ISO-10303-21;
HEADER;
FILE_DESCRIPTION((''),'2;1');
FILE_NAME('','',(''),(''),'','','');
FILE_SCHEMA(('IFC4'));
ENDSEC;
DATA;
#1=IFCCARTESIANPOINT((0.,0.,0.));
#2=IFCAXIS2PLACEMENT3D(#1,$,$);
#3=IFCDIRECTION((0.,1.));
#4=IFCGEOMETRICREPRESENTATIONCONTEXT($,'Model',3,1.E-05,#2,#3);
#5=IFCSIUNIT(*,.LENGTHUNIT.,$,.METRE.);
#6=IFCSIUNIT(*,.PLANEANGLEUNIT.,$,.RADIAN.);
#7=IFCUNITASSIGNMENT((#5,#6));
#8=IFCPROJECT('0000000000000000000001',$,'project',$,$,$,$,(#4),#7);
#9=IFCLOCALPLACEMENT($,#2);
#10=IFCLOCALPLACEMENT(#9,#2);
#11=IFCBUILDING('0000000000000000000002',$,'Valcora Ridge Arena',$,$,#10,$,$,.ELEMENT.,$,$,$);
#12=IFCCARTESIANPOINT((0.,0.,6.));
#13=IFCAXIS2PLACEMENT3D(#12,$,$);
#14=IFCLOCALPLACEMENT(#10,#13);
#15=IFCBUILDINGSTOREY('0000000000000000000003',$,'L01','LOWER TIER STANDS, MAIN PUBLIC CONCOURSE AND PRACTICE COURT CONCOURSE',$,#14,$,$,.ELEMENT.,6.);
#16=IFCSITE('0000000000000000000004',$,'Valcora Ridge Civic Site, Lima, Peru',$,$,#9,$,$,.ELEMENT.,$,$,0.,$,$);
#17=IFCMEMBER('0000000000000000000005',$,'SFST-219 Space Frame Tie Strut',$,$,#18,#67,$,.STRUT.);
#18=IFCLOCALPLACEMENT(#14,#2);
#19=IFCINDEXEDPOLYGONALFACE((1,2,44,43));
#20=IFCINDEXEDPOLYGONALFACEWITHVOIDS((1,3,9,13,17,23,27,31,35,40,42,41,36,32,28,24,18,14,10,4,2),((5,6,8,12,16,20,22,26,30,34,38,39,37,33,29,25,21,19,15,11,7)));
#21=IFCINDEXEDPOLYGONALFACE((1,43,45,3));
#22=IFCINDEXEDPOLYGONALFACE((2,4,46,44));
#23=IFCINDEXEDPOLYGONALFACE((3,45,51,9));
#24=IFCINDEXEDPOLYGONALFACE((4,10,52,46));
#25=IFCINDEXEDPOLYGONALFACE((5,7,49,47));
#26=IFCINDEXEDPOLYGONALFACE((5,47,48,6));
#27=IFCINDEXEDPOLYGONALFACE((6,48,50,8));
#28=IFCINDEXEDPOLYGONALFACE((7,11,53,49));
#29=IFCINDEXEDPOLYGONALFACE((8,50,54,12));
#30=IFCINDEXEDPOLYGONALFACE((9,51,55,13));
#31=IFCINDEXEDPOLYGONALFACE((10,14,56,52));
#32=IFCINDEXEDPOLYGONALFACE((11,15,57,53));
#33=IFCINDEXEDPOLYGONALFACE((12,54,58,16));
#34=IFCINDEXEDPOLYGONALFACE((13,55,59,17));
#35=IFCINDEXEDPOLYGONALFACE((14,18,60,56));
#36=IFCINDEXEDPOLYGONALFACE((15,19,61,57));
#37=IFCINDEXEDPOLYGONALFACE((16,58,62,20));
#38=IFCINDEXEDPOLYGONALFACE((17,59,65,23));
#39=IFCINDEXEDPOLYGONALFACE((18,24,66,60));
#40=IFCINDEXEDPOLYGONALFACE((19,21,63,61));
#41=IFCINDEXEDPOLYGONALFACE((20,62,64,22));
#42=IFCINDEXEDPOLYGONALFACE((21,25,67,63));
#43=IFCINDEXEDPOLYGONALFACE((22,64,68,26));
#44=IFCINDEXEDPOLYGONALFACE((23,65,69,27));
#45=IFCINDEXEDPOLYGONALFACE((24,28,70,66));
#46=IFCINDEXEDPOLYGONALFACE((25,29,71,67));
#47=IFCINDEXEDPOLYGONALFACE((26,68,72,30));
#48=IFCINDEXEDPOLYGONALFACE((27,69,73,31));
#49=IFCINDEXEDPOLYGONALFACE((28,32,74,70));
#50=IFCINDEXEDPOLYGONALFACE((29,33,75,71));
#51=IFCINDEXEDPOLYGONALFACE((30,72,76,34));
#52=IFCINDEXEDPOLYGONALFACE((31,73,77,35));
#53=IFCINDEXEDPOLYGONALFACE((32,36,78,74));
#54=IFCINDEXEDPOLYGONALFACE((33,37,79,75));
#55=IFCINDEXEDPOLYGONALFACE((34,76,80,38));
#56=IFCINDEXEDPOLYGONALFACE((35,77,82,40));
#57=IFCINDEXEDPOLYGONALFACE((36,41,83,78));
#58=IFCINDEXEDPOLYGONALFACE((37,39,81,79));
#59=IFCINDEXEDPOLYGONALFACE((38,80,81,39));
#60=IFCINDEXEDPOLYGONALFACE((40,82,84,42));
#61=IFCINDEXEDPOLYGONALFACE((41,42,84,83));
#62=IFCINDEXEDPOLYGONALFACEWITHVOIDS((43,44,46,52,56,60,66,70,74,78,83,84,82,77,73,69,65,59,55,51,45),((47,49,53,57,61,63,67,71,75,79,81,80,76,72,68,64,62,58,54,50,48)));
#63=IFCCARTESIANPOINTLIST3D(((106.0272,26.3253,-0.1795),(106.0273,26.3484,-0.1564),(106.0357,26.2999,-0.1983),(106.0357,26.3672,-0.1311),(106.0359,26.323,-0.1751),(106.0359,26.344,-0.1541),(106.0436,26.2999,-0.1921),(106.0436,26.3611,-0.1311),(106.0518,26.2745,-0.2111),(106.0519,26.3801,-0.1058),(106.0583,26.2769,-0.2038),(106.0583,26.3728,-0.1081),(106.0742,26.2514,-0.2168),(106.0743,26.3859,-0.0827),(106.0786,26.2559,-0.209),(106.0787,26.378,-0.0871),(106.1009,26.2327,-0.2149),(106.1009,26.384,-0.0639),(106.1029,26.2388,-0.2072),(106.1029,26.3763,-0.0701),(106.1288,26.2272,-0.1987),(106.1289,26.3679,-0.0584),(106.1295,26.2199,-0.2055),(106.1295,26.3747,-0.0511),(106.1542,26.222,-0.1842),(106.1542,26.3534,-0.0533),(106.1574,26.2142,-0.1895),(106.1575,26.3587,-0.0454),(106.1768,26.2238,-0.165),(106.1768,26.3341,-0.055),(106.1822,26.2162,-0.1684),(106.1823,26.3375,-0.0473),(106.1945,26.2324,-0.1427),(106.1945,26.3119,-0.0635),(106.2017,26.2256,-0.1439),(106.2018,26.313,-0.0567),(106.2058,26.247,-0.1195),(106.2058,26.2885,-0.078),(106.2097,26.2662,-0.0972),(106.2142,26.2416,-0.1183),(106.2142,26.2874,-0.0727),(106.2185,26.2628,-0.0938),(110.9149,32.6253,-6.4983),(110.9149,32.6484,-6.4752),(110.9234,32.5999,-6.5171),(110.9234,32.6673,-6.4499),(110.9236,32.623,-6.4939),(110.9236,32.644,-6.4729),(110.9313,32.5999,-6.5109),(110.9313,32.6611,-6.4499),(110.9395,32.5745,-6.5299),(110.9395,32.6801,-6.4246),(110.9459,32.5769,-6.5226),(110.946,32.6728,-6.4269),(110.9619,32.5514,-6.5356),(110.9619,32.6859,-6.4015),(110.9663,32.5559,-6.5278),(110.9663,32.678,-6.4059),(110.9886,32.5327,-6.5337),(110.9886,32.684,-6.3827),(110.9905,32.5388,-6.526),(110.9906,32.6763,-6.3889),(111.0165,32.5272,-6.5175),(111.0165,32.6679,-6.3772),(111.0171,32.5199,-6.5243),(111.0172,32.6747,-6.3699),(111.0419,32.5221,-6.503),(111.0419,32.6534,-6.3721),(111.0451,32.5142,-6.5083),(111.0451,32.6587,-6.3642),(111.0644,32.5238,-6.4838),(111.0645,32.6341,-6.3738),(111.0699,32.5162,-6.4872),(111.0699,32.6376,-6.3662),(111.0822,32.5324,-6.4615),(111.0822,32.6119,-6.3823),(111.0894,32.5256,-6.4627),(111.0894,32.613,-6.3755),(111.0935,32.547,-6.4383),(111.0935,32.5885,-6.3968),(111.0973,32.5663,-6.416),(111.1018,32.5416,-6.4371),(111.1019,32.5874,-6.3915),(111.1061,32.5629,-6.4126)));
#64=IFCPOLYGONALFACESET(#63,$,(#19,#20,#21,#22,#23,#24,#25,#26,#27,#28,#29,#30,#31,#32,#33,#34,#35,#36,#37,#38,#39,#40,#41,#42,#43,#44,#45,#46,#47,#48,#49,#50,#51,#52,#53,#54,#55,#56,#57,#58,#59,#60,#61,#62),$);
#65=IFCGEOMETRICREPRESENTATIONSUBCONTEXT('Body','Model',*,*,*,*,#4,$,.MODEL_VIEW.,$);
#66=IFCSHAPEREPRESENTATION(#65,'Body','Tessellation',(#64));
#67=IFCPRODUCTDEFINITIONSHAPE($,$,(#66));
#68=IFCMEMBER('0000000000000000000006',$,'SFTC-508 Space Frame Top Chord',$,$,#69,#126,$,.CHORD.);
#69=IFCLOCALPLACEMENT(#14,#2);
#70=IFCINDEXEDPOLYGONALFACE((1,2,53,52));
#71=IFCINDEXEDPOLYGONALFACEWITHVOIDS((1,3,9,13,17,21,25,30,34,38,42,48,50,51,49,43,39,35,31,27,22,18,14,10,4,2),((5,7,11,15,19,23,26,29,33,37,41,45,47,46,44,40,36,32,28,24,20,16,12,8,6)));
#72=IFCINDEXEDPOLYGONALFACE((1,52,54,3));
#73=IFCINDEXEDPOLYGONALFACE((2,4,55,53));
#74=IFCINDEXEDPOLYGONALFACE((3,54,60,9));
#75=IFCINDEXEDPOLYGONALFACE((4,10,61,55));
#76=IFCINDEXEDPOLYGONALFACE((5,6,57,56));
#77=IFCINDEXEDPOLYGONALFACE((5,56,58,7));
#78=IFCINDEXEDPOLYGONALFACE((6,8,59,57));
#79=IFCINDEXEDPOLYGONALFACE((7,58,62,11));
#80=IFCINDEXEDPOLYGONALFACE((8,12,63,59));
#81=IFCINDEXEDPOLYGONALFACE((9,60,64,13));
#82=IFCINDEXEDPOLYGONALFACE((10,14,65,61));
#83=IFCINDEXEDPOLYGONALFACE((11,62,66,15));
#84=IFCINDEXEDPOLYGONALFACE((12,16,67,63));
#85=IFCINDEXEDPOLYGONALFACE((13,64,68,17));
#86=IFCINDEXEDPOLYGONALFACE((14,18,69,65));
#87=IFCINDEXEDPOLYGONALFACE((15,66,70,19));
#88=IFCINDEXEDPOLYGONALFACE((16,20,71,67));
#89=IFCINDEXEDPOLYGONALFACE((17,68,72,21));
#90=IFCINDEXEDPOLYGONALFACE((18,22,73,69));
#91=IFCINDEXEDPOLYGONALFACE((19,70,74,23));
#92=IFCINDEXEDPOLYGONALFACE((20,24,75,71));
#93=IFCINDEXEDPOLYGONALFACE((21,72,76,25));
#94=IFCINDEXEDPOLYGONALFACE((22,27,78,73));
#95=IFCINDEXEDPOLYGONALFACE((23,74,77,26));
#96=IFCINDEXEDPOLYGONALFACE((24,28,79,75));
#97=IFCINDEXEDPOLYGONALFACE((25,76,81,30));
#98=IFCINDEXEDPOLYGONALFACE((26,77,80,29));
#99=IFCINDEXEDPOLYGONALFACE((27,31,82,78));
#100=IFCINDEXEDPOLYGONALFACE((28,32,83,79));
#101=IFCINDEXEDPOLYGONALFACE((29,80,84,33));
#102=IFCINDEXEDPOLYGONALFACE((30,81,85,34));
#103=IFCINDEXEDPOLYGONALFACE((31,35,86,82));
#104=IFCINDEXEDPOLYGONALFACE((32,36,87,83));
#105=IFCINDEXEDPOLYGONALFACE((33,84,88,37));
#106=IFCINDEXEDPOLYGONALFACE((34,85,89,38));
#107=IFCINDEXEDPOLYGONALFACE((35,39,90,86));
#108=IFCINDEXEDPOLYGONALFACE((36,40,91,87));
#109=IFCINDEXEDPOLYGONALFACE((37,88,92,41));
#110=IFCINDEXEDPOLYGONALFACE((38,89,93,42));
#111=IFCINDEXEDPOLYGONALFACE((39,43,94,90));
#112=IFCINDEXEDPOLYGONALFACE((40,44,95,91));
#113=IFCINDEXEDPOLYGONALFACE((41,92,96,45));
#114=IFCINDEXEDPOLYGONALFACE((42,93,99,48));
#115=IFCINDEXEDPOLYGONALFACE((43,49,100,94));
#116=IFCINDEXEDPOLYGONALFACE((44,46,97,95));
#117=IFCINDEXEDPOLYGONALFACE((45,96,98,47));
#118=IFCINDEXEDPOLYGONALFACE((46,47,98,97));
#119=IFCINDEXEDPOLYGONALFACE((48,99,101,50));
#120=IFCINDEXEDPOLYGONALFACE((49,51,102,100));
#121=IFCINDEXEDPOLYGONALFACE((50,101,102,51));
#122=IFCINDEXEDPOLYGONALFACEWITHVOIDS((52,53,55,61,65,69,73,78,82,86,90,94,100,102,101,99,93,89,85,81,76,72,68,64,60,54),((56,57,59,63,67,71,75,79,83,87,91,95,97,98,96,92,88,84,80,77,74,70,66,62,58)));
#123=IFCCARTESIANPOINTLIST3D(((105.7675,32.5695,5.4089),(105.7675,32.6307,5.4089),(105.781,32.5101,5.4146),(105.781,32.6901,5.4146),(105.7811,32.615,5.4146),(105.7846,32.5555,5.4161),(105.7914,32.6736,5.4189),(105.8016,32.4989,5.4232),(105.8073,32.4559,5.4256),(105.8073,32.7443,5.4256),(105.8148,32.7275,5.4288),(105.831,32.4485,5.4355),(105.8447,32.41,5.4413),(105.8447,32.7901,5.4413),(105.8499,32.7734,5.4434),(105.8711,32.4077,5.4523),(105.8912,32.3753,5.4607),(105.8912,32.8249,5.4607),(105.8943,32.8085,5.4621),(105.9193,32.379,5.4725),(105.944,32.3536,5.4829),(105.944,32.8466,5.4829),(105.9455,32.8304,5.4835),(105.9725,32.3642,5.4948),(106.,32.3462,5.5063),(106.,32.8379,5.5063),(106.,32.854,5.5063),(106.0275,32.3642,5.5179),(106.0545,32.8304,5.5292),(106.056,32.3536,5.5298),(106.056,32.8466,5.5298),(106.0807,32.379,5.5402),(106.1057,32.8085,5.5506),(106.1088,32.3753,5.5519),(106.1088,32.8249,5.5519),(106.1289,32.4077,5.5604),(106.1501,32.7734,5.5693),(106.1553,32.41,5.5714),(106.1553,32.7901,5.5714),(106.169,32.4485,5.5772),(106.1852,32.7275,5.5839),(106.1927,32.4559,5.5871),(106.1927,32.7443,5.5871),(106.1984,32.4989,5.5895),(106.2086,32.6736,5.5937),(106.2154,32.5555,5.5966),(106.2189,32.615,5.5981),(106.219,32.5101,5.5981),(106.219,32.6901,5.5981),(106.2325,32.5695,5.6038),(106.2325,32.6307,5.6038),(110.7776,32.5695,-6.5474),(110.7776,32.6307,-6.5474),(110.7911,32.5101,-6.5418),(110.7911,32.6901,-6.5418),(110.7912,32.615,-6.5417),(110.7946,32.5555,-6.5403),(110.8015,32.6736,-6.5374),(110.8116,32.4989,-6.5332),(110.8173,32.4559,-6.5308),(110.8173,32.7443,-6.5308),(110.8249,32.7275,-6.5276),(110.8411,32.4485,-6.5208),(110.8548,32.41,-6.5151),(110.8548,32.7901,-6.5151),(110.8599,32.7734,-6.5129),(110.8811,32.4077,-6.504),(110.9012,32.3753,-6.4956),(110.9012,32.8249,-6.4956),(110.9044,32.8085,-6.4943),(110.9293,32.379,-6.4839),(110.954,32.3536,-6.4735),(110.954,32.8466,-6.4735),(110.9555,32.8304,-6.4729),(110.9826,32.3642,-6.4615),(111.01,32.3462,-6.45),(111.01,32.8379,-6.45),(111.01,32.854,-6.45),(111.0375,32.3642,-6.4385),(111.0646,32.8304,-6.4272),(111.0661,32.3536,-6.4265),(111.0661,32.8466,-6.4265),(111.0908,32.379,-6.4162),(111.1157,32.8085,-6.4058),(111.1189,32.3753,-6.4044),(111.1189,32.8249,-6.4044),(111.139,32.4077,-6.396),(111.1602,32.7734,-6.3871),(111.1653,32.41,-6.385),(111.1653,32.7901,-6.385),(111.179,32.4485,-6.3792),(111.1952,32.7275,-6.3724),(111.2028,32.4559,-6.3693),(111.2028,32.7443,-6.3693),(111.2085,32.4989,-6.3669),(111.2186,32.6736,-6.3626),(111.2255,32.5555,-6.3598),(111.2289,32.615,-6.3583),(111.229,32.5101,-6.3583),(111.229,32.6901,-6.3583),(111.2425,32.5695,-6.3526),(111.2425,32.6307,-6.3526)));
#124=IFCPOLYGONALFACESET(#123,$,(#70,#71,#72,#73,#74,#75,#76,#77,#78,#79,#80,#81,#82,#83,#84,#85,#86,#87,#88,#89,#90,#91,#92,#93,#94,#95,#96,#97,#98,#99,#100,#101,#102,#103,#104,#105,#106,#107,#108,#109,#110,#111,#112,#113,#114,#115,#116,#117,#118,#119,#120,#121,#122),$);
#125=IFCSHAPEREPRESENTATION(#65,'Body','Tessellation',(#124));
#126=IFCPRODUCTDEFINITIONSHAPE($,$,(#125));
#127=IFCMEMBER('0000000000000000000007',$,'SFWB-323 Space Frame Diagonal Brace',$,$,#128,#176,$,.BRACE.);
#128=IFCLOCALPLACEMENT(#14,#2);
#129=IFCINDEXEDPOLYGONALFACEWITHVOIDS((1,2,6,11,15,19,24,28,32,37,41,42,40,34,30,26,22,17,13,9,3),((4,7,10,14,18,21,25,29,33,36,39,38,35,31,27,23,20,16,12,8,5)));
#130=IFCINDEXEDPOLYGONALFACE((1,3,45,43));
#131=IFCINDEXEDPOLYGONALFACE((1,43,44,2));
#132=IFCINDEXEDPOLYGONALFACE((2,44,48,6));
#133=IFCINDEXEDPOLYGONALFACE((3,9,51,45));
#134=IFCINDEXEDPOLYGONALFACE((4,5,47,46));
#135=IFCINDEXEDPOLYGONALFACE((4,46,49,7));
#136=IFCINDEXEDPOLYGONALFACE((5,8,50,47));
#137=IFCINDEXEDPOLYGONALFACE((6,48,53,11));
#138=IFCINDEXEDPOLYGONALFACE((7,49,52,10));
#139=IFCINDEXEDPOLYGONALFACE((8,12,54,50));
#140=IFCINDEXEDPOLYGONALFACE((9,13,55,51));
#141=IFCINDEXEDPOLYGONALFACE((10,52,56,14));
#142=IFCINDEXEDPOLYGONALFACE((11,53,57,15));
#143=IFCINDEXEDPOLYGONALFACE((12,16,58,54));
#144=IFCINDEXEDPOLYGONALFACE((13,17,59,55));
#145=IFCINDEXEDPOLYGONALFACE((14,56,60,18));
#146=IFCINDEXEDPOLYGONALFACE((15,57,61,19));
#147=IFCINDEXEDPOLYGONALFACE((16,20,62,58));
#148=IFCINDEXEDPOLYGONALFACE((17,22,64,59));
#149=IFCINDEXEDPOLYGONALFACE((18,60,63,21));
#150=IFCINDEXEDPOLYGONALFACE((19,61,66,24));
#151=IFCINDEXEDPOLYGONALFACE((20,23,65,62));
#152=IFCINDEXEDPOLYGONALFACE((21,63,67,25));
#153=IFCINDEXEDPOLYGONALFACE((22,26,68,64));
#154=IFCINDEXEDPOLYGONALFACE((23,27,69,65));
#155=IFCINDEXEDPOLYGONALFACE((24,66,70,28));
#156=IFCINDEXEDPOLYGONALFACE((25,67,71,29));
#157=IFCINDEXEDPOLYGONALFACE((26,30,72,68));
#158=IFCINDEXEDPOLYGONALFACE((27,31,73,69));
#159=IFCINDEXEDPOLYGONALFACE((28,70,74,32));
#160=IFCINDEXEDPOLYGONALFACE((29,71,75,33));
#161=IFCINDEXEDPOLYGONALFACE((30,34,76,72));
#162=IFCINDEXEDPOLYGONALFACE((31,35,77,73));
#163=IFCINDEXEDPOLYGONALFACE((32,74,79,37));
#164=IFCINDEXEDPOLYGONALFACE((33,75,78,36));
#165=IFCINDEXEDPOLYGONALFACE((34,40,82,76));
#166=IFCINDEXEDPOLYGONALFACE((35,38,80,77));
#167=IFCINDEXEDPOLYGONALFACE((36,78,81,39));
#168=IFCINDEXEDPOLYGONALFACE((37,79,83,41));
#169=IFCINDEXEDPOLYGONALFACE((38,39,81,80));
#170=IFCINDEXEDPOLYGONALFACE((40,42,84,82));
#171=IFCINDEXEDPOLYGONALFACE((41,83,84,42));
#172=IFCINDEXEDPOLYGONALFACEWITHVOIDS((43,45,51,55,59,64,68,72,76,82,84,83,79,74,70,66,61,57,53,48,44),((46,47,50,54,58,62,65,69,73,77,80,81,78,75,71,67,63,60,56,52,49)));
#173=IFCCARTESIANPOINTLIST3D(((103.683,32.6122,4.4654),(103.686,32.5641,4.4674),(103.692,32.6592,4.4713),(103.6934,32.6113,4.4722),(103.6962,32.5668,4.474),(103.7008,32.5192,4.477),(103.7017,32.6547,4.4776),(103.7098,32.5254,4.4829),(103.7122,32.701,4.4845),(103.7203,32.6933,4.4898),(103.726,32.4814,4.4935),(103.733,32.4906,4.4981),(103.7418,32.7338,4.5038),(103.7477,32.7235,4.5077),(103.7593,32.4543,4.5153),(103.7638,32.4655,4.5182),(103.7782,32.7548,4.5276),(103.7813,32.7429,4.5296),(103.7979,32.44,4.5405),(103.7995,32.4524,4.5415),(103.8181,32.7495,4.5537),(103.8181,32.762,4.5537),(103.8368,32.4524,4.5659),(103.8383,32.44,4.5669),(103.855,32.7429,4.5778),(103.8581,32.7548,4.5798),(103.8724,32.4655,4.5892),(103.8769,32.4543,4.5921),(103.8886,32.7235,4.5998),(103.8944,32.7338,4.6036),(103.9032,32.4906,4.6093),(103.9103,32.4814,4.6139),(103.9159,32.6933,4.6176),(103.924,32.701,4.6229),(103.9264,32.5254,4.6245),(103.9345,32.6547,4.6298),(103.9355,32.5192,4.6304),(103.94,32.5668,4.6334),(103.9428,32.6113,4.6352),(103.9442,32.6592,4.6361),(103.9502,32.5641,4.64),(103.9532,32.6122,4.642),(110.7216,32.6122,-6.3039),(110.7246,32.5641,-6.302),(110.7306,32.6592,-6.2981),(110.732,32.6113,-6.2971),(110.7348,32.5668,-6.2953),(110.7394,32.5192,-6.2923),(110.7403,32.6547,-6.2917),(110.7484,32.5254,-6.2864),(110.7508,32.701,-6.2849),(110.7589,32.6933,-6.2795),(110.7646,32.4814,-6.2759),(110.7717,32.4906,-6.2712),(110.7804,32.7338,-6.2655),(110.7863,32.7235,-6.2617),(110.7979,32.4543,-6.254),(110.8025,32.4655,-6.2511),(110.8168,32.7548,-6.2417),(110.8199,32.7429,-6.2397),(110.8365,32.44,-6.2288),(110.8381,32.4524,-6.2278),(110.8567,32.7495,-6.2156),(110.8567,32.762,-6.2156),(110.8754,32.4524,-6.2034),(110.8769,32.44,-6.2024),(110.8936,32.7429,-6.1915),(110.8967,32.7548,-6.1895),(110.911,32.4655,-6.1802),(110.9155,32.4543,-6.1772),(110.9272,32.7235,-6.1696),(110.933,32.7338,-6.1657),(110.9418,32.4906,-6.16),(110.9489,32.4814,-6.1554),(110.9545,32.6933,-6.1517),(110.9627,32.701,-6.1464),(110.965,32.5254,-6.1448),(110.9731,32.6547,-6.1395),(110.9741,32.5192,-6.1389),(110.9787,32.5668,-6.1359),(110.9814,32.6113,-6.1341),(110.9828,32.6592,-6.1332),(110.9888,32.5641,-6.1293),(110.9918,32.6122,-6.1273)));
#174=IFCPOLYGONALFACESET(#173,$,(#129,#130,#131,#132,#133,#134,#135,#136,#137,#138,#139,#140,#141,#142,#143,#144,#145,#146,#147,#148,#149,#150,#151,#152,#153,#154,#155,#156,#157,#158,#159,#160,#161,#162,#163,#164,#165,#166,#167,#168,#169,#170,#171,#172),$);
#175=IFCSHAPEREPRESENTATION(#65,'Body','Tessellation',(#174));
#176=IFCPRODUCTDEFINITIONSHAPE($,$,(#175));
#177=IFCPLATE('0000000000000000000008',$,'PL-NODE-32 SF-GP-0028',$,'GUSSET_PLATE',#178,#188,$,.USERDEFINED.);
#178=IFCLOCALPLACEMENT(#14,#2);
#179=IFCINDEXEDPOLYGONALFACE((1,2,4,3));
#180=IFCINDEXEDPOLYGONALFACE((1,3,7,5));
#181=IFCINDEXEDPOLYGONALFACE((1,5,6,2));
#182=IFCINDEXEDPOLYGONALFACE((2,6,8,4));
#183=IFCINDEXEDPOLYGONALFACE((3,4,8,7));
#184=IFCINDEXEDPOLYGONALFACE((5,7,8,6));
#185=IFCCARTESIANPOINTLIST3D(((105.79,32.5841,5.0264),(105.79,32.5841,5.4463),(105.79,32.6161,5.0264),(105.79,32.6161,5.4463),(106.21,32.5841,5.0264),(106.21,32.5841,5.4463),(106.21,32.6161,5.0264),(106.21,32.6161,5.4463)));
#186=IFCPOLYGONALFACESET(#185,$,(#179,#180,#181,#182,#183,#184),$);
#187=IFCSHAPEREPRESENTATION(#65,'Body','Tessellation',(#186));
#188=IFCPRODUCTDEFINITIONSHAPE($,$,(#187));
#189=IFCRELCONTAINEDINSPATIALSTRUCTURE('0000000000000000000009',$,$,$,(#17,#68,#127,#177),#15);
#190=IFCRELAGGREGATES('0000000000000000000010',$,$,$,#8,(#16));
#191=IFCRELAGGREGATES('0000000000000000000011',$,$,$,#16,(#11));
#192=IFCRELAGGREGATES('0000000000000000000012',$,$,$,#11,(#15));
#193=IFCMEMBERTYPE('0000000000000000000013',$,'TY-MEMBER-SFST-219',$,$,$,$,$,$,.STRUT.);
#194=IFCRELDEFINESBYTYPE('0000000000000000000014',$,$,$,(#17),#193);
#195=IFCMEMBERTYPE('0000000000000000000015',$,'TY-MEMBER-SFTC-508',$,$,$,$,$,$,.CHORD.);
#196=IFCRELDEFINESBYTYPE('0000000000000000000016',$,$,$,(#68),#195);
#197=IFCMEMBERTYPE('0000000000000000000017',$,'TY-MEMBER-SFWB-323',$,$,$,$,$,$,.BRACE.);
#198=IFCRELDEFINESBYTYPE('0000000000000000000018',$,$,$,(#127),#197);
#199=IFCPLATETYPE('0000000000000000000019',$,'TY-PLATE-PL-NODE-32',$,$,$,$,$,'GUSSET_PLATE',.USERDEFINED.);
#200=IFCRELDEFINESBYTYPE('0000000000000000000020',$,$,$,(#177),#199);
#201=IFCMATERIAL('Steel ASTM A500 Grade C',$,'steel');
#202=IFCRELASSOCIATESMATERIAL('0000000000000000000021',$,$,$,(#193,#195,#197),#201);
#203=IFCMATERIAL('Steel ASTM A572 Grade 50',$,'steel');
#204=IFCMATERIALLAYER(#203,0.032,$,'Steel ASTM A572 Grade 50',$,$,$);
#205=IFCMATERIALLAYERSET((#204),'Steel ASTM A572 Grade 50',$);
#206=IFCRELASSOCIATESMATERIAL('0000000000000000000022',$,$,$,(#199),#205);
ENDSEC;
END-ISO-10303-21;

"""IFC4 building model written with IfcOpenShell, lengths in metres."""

from ifc_helpers import new_model, si_unit, direction, frame, origin, origin_2d, place, context, subcontext, project, spatial, rectangle, hollow_circle, extrude, material, layer, layer_set, material_profile, profile_set, type_object, element, save


model = new_model("IFC4")

# Units and contexts
model_context = context("Model", 3, precision=1e-05, world=origin(), true_north=direction((0.0, 1.0)))
body_context = subcontext(model_context, "Body", "Model", "MODEL_VIEW")
ifc_project = project(units=[si_unit("LENGTHUNIT", "METRE"), si_unit("PLANEANGLEUNIT", "RADIAN")], contexts=[model_context])

# Site, building, storey
site_placement = place(None, origin())
site = spatial("IfcSite", under=ifc_project, at=site_placement, Name="Valcora Ridge Civic Site, Lima, Peru", CompositionType="ELEMENT", RefElevation=0.0)
building_placement = place(site_placement, origin())
building = spatial("IfcBuilding", under=site, at=building_placement, Name="Valcora Ridge Arena", CompositionType="ELEMENT")
storey_placement = place(building_placement, frame((0.0, 0.0, 6.0)))
storey = spatial("IfcBuildingStorey", under=building, at=storey_placement, Name="L01", Description="LOWER TIER STANDS, MAIN PUBLIC CONCOURSE AND PRACTICE COURT CONCOURSE", CompositionType="ELEMENT", Elevation=6.0)

# Members
ifc_material_1 = material(Name="Steel ASTM A500 Grade C", Category="steel")
ifc_material_profile_1 = material_profile(ifc_material_1, hollow_circle(Radius=0.1096, WallThickness=0.01, at=origin_2d()), Name="CHS219X10")
ifc_profile_set_1 = profile_set([ifc_material_profile_1], Name="Steel ASTM A500 Grade C")
member_type_1 = type_object("IfcMemberType", Name="TY-MEMBER-SFST-219", PredefinedType="STRUT", material=ifc_profile_set_1)
member_1_placement = place(storey_placement, frame((106.1223, 26.3, -0.1311), z_axis=(0.480416, 0.619237, -0.621085), x_axis=(-0.790102, 0.612976, 0.0)))
element("IfcMember", 1, at=member_1_placement, inside=storey, type_object=member_type_1, Name="SFST-219 Space Frame Tie Strut", PredefinedType="STRUT", context=body_context, shape_type="SweptSolid", body=[
    extrude(hollow_circle(Radius=0.1096, WallThickness=0.01, at=origin_2d()), origin(), (0.0, 0.0, 1.0), 10.1738),
])
ifc_material_profile_2 = material_profile(ifc_material_1, hollow_circle(Radius=0.2539, WallThickness=0.0161, at=origin_2d()), Name="CHS508X16")
ifc_profile_set_2 = profile_set([ifc_material_profile_2], Name="Steel ASTM A500 Grade C")
member_type_2 = type_object("IfcMemberType", Name="TY-MEMBER-SFTC-508", PredefinedType="CHORD", material=ifc_profile_set_2)
member_2_placement = place(storey_placement, frame((106.0, 32.6001, 5.5063), z_axis=(0.386469, 0.0, -0.922302), x_axis=(0.0, 1.0, 0.0)))
element("IfcMember", 2, at=member_2_placement, inside=storey, type_object=member_type_2, Name="SFTC-508 Space Frame Top Chord", PredefinedType="CHORD", context=body_context, shape_type="SweptSolid", body=[
    extrude(hollow_circle(Radius=0.2539, WallThickness=0.0161, at=origin_2d()), origin(), (0.0, 0.0, 1.0), 12.9636),
])
ifc_material_profile_3 = material_profile(ifc_material_1, hollow_circle(Radius=0.1619, WallThickness=0.0125, at=origin_2d()), Name="CHS323X12")
ifc_profile_set_3 = profile_set([ifc_material_profile_3], Name="Steel ASTM A500 Grade C")
member_type_3 = type_object("IfcMemberType", Name="TY-MEMBER-SFWB-323", PredefinedType="BRACE", material=ifc_profile_set_3)
member_3_placement = place(storey_placement, frame((103.8181, 32.6001, 4.5537), z_axis=(0.547092, 0.0, -0.837072), x_axis=(0.0, 1.0, 0.0)))
element("IfcMember", 3, at=member_3_placement, inside=storey, type_object=member_type_3, Name="SFWB-323 Space Frame Diagonal Brace", PredefinedType="BRACE", context=body_context, shape_type="SweptSolid", body=[
    extrude(hollow_circle(Radius=0.1619, WallThickness=0.0125, at=origin_2d()), origin(), (0.0, 0.0, 1.0), 12.8655),
])

# Plate
ifc_material_2 = material(Name="Steel ASTM A572 Grade 50", Category="steel")
ifc_layer_1 = layer(ifc_material_2, 0.032, Name="Steel ASTM A572 Grade 50")
ifc_layer_set_1 = layer_set([ifc_layer_1], Name="Steel ASTM A572 Grade 50")
plate_type_1 = type_object("IfcPlateType", Name="TY-PLATE-PL-NODE-32", ElementType="GUSSET_PLATE", PredefinedType="USERDEFINED", material=ifc_layer_set_1)
plate_1_placement = place(storey_placement, frame((106.0, 32.6001, 5.0264), z_axis=(0.0, 0.0, 1.0), x_axis=(1.0, 0.0, 0.0)))
element("IfcPlate", 4, at=plate_1_placement, inside=storey, type_object=plate_type_1, Name="PL-NODE-32 SF-GP-0028", ObjectType="GUSSET_PLATE", PredefinedType="USERDEFINED", context=body_context, shape_type="SweptSolid", body=[
    extrude(rectangle(XDim=0.4199, YDim=0.032, at=origin_2d()), origin(), (0.0, 0.0, 1.0), 0.4199),
])

save(model, "model.ifc")
